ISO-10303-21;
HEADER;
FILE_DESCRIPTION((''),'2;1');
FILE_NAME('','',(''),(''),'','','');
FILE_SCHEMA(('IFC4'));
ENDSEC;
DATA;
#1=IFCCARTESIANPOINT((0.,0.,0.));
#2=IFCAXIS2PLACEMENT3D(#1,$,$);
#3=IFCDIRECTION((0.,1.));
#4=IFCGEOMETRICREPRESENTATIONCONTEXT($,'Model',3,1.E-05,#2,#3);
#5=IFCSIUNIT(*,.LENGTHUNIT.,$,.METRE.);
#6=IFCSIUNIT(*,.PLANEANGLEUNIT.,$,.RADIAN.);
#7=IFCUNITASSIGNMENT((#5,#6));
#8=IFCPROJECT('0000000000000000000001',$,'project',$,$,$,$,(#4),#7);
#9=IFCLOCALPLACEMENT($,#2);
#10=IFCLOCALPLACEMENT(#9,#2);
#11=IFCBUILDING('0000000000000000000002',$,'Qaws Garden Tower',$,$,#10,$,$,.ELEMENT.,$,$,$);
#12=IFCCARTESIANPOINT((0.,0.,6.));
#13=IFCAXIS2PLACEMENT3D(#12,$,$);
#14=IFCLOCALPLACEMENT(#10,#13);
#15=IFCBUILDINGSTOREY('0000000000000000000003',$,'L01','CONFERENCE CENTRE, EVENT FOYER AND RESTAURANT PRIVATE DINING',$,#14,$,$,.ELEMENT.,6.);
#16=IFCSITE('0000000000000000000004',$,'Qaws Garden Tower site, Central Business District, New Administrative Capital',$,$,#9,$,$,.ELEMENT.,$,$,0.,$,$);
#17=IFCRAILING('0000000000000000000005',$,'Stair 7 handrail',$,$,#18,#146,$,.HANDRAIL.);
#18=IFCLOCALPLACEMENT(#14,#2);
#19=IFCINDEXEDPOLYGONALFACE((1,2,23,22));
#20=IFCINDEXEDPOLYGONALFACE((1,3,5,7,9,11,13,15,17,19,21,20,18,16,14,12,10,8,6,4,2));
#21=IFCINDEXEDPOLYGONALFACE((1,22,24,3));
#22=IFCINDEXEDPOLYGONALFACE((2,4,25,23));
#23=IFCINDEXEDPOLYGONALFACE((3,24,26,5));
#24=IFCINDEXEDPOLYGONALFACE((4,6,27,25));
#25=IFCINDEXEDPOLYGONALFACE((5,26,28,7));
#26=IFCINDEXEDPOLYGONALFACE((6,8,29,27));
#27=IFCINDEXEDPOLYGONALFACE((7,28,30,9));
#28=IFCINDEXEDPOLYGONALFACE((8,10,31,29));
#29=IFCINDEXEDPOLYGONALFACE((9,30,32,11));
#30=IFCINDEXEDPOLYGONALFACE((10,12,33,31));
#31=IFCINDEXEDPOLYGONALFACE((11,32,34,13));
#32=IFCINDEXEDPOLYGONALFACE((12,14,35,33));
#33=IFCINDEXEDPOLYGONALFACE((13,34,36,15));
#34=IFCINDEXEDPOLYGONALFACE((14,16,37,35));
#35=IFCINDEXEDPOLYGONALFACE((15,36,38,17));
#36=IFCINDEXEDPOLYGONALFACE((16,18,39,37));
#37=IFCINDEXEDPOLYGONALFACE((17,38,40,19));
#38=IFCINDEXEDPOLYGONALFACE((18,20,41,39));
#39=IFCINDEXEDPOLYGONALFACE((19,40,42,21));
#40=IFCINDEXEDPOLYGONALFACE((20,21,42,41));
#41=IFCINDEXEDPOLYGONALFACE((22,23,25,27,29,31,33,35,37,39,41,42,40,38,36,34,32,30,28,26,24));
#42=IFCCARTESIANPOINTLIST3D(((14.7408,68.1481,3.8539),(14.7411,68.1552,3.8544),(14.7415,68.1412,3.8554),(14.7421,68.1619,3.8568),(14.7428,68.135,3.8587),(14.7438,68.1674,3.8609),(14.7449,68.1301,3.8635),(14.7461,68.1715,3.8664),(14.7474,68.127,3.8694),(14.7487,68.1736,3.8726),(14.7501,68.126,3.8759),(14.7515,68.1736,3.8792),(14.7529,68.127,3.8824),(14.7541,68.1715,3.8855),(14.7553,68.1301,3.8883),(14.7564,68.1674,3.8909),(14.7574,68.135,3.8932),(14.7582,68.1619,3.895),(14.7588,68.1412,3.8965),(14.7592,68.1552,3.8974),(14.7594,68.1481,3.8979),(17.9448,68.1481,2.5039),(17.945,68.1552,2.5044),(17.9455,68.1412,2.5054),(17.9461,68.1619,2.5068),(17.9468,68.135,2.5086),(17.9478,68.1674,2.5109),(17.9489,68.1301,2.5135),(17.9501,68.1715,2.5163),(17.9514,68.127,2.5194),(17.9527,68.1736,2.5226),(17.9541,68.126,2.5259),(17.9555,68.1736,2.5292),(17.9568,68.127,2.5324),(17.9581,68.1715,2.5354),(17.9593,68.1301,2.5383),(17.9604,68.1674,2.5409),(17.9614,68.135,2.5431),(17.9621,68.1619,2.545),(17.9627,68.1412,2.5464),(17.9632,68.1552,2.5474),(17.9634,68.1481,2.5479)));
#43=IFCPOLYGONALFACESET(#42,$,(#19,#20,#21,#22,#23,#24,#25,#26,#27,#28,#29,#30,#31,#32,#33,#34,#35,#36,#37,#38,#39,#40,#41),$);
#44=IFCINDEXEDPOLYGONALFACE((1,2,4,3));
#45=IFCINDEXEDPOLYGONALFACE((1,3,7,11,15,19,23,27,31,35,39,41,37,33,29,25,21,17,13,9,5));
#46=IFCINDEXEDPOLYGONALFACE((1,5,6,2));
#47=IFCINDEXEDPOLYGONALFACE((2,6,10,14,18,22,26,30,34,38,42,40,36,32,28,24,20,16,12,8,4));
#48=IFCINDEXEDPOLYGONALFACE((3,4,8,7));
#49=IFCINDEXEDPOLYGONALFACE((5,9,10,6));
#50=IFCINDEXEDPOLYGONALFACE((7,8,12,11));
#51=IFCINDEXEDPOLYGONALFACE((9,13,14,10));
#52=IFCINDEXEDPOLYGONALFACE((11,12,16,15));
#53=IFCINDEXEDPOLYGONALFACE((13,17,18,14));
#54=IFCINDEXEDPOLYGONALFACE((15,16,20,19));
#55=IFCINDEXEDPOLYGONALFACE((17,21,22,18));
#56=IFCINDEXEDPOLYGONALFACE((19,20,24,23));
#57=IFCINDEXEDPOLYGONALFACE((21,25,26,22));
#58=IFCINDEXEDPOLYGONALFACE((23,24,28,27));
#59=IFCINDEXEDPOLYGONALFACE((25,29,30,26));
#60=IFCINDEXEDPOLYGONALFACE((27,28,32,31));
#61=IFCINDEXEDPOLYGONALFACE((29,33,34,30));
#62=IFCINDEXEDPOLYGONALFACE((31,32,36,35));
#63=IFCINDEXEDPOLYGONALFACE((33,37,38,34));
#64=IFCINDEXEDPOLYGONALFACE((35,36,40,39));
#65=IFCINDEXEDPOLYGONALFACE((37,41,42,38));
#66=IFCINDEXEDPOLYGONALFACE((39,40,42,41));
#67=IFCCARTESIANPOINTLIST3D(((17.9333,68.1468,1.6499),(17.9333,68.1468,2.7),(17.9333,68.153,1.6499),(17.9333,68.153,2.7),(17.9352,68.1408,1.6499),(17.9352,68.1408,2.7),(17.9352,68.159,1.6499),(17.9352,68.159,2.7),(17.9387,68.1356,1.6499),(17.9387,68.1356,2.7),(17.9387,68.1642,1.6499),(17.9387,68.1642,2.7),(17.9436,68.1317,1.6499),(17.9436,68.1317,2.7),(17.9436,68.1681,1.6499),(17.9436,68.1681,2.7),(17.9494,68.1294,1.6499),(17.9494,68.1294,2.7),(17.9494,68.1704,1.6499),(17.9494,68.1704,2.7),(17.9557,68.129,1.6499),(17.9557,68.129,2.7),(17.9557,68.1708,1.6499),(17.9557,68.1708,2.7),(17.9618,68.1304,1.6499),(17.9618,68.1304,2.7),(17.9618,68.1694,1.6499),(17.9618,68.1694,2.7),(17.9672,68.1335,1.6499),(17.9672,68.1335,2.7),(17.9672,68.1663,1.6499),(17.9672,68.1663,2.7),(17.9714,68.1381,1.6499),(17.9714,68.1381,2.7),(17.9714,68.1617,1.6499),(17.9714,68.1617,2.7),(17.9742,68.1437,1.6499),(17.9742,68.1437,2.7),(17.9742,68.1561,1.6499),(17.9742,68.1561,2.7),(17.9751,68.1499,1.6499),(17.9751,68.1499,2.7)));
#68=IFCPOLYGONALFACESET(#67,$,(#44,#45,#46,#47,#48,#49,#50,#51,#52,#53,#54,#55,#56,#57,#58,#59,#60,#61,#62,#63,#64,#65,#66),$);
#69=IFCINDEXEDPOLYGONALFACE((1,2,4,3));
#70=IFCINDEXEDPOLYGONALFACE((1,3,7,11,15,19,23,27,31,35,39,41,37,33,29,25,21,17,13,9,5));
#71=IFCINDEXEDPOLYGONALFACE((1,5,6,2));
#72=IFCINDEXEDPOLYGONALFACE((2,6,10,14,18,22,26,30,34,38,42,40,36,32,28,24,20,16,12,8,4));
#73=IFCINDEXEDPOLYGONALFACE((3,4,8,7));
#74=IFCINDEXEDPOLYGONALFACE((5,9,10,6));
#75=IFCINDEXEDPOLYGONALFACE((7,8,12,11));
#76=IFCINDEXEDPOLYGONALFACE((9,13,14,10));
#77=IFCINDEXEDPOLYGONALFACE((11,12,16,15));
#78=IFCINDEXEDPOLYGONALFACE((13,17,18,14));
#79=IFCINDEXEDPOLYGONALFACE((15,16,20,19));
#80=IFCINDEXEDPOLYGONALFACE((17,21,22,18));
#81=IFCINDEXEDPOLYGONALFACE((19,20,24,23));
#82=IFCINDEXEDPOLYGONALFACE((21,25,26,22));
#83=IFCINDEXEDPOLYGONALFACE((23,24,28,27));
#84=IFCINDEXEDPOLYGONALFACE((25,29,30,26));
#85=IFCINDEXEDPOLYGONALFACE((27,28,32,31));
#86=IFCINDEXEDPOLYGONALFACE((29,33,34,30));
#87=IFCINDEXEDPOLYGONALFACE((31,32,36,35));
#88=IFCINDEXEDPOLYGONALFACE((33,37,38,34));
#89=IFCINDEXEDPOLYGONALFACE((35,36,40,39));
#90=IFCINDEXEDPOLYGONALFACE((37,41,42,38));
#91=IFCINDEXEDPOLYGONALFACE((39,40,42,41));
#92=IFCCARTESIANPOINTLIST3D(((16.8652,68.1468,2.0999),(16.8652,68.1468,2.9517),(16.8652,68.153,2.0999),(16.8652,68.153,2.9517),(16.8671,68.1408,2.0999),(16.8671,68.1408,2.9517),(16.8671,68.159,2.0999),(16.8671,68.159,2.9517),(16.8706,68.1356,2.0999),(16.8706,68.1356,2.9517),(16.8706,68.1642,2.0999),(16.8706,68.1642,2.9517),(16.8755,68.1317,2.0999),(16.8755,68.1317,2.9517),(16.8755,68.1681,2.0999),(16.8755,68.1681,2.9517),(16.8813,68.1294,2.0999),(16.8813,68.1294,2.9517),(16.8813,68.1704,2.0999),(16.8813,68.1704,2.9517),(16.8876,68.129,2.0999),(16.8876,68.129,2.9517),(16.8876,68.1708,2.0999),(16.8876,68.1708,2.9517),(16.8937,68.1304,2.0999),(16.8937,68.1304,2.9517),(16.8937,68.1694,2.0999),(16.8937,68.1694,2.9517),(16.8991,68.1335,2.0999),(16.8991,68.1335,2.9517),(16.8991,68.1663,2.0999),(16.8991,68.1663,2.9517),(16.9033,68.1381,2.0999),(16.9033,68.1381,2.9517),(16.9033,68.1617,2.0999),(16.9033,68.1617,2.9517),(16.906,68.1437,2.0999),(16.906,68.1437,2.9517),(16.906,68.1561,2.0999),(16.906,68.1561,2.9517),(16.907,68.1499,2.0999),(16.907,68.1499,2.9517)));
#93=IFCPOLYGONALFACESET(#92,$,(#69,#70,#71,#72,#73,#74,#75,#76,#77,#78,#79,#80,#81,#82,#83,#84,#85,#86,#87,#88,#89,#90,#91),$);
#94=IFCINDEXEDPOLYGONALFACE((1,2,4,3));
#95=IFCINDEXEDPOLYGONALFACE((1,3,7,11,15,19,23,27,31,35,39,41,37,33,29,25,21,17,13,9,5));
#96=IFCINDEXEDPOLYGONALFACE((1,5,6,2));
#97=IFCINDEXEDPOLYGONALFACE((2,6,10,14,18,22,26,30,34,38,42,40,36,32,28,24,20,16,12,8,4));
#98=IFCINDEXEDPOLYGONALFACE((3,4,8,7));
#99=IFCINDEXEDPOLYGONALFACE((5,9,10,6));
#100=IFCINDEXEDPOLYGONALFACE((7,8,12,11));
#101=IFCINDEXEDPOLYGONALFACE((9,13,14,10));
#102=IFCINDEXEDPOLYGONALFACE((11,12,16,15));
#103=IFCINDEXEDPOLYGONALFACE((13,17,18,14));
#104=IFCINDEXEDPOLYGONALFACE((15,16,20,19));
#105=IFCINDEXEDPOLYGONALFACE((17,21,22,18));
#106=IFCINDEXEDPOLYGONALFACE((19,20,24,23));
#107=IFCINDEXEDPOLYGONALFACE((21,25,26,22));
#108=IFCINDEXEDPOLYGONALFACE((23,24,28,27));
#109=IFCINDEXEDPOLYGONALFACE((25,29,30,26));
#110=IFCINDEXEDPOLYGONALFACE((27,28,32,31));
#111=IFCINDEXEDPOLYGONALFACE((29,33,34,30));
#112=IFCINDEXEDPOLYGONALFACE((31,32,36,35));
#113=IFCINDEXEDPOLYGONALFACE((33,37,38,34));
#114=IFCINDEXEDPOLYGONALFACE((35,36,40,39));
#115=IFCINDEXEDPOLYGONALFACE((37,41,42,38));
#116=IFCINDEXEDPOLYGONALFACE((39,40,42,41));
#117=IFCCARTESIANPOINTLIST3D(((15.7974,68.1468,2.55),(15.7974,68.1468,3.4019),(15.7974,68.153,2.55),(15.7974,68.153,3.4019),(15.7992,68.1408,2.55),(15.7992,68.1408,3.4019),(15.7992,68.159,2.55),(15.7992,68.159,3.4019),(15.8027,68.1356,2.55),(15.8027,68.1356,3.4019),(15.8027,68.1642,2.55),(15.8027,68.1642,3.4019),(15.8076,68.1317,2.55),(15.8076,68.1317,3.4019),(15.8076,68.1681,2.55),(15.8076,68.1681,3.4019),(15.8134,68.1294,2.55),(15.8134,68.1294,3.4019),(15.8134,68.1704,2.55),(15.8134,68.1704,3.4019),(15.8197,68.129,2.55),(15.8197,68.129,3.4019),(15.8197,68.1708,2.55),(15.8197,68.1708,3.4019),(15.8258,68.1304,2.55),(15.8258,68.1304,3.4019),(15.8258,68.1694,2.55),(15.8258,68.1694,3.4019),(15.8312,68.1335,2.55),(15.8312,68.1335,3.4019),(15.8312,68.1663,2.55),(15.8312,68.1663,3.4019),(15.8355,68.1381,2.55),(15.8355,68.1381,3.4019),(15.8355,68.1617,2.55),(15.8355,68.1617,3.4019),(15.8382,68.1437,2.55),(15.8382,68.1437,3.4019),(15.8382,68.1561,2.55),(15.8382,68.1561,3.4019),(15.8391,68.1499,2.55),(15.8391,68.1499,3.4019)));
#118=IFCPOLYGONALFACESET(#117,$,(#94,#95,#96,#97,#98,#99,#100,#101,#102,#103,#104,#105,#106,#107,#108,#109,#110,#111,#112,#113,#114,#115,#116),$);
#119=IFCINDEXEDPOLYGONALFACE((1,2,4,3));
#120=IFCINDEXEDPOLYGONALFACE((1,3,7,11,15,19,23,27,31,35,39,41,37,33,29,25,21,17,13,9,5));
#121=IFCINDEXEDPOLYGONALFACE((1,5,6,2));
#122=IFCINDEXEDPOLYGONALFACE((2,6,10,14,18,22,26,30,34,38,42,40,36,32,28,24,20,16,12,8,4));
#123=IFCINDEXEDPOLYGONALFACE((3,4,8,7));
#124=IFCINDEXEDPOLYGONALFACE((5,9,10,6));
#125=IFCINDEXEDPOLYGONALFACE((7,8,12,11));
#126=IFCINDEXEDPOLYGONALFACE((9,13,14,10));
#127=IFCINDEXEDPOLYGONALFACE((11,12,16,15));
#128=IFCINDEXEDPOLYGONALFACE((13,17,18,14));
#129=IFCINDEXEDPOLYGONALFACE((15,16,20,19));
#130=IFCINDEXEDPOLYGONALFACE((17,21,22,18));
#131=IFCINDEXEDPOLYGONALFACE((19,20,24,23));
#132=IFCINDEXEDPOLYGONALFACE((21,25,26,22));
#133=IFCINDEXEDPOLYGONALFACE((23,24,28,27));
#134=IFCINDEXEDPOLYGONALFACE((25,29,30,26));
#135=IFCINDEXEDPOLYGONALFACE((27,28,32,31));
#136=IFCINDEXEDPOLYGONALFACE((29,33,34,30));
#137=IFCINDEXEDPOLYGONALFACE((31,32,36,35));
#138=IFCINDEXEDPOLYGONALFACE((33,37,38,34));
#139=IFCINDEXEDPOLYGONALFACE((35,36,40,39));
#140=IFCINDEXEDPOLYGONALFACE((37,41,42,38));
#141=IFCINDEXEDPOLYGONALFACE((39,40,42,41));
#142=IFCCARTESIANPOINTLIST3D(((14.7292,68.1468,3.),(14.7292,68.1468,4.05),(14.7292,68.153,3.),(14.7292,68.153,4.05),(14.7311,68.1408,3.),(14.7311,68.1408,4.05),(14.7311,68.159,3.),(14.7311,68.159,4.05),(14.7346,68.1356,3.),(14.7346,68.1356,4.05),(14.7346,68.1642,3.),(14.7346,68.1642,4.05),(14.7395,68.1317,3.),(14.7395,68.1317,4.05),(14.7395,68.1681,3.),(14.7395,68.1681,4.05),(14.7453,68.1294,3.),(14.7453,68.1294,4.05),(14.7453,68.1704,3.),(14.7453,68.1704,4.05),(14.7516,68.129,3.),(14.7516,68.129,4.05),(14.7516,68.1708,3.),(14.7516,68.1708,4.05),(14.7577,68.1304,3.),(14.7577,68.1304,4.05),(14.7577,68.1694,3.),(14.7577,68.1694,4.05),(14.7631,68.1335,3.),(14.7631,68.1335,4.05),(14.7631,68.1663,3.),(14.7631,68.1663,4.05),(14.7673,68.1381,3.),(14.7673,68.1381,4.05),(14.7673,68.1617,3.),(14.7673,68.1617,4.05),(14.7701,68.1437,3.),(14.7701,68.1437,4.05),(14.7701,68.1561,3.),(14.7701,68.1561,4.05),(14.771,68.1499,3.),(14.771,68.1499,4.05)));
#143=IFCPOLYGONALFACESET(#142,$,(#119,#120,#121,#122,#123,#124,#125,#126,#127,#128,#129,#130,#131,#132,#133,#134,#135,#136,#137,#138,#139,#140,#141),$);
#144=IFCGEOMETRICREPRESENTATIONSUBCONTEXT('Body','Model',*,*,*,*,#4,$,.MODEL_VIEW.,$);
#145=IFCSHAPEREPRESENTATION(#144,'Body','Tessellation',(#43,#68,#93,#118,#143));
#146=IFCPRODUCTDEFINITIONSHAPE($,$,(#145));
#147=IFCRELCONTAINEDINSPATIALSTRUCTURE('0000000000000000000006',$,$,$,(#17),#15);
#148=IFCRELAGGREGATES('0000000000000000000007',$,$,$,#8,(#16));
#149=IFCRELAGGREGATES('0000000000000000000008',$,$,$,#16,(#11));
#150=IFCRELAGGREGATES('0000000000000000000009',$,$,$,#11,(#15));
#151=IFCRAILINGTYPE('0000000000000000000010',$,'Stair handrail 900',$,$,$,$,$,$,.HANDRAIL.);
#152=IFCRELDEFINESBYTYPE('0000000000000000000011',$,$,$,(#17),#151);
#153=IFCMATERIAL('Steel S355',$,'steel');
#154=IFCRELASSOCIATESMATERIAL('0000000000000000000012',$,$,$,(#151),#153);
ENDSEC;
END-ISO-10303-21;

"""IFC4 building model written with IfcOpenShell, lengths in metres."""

from ifc_helpers import new_model, si_unit, direction, frame, origin, origin_2d, place, context, subcontext, project, spatial, circle, extrude, material, type_object, element, save


model = new_model("IFC4")

# Units and contexts
model_context = context("Model", 3, precision=1e-05, world=origin(), true_north=direction((0.0, 1.0)))
body_context = subcontext(model_context, "Body", "Model", "MODEL_VIEW")
ifc_project = project(units=[si_unit("LENGTHUNIT", "METRE"), si_unit("PLANEANGLEUNIT", "RADIAN")], contexts=[model_context])

# Site, building, storey
site_placement = place(None, origin())
site = spatial("IfcSite", under=ifc_project, at=site_placement, Name="Qaws Garden Tower site, Central Business District, New Administrative Capital", CompositionType="ELEMENT", RefElevation=0.0)
building_placement = place(site_placement, origin())
building = spatial("IfcBuilding", under=site, at=building_placement, Name="Qaws Garden Tower", CompositionType="ELEMENT")
storey_placement = place(building_placement, frame((0.0, 0.0, 6.0)))
storey = spatial("IfcBuildingStorey", under=building, at=storey_placement, Name="L01", Description="CONFERENCE CENTRE, EVENT FOYER AND RESTAURANT PRIVATE DINING", CompositionType="ELEMENT", Elevation=6.0)

# Railing
ifc_material_1 = material(Name="Steel S355", Category="steel")
railing_type = type_object("IfcRailingType", Name="Stair handrail 900", PredefinedType="HANDRAIL", material=ifc_material_1)
railing_1_placement = place(storey_placement, frame((17.9541, 68.1499, 1.6499)))
element("IfcRailing", 1, at=railing_1_placement, inside=storey, type_object=railing_type, Name="Stair 7 handrail", PredefinedType="HANDRAIL", context=body_context, shape_type="SweptSolid", body=[
    extrude(circle(Radius=0.0239, at=origin_2d()), frame((0.0, 0.0, 0.876), z_axis=(-0.921532, 0.0, 0.388302), x_axis=(0.0, -1.0, 0.0)), (0.0, 0.0, 1.0), 3.4768),
    extrude(circle(Radius=0.021, at=origin_2d()), origin(), (0.0, 0.0, 1.0), 1.05),
    extrude(circle(Radius=0.021, at=origin_2d()), frame((-1.0681, 0.0, 0.45)), (0.0, 0.0, 1.0), 0.8518),
    extrude(circle(Radius=0.021, at=origin_2d()), frame((-2.136, 0.0, 0.9001)), (0.0, 0.0, 1.0), 0.8518),
    extrude(circle(Radius=0.021, at=origin_2d()), frame((-3.2041, 0.0, 1.3501)), (0.0, 0.0, 1.0), 1.05),
])

save(model, "model.ifc")
